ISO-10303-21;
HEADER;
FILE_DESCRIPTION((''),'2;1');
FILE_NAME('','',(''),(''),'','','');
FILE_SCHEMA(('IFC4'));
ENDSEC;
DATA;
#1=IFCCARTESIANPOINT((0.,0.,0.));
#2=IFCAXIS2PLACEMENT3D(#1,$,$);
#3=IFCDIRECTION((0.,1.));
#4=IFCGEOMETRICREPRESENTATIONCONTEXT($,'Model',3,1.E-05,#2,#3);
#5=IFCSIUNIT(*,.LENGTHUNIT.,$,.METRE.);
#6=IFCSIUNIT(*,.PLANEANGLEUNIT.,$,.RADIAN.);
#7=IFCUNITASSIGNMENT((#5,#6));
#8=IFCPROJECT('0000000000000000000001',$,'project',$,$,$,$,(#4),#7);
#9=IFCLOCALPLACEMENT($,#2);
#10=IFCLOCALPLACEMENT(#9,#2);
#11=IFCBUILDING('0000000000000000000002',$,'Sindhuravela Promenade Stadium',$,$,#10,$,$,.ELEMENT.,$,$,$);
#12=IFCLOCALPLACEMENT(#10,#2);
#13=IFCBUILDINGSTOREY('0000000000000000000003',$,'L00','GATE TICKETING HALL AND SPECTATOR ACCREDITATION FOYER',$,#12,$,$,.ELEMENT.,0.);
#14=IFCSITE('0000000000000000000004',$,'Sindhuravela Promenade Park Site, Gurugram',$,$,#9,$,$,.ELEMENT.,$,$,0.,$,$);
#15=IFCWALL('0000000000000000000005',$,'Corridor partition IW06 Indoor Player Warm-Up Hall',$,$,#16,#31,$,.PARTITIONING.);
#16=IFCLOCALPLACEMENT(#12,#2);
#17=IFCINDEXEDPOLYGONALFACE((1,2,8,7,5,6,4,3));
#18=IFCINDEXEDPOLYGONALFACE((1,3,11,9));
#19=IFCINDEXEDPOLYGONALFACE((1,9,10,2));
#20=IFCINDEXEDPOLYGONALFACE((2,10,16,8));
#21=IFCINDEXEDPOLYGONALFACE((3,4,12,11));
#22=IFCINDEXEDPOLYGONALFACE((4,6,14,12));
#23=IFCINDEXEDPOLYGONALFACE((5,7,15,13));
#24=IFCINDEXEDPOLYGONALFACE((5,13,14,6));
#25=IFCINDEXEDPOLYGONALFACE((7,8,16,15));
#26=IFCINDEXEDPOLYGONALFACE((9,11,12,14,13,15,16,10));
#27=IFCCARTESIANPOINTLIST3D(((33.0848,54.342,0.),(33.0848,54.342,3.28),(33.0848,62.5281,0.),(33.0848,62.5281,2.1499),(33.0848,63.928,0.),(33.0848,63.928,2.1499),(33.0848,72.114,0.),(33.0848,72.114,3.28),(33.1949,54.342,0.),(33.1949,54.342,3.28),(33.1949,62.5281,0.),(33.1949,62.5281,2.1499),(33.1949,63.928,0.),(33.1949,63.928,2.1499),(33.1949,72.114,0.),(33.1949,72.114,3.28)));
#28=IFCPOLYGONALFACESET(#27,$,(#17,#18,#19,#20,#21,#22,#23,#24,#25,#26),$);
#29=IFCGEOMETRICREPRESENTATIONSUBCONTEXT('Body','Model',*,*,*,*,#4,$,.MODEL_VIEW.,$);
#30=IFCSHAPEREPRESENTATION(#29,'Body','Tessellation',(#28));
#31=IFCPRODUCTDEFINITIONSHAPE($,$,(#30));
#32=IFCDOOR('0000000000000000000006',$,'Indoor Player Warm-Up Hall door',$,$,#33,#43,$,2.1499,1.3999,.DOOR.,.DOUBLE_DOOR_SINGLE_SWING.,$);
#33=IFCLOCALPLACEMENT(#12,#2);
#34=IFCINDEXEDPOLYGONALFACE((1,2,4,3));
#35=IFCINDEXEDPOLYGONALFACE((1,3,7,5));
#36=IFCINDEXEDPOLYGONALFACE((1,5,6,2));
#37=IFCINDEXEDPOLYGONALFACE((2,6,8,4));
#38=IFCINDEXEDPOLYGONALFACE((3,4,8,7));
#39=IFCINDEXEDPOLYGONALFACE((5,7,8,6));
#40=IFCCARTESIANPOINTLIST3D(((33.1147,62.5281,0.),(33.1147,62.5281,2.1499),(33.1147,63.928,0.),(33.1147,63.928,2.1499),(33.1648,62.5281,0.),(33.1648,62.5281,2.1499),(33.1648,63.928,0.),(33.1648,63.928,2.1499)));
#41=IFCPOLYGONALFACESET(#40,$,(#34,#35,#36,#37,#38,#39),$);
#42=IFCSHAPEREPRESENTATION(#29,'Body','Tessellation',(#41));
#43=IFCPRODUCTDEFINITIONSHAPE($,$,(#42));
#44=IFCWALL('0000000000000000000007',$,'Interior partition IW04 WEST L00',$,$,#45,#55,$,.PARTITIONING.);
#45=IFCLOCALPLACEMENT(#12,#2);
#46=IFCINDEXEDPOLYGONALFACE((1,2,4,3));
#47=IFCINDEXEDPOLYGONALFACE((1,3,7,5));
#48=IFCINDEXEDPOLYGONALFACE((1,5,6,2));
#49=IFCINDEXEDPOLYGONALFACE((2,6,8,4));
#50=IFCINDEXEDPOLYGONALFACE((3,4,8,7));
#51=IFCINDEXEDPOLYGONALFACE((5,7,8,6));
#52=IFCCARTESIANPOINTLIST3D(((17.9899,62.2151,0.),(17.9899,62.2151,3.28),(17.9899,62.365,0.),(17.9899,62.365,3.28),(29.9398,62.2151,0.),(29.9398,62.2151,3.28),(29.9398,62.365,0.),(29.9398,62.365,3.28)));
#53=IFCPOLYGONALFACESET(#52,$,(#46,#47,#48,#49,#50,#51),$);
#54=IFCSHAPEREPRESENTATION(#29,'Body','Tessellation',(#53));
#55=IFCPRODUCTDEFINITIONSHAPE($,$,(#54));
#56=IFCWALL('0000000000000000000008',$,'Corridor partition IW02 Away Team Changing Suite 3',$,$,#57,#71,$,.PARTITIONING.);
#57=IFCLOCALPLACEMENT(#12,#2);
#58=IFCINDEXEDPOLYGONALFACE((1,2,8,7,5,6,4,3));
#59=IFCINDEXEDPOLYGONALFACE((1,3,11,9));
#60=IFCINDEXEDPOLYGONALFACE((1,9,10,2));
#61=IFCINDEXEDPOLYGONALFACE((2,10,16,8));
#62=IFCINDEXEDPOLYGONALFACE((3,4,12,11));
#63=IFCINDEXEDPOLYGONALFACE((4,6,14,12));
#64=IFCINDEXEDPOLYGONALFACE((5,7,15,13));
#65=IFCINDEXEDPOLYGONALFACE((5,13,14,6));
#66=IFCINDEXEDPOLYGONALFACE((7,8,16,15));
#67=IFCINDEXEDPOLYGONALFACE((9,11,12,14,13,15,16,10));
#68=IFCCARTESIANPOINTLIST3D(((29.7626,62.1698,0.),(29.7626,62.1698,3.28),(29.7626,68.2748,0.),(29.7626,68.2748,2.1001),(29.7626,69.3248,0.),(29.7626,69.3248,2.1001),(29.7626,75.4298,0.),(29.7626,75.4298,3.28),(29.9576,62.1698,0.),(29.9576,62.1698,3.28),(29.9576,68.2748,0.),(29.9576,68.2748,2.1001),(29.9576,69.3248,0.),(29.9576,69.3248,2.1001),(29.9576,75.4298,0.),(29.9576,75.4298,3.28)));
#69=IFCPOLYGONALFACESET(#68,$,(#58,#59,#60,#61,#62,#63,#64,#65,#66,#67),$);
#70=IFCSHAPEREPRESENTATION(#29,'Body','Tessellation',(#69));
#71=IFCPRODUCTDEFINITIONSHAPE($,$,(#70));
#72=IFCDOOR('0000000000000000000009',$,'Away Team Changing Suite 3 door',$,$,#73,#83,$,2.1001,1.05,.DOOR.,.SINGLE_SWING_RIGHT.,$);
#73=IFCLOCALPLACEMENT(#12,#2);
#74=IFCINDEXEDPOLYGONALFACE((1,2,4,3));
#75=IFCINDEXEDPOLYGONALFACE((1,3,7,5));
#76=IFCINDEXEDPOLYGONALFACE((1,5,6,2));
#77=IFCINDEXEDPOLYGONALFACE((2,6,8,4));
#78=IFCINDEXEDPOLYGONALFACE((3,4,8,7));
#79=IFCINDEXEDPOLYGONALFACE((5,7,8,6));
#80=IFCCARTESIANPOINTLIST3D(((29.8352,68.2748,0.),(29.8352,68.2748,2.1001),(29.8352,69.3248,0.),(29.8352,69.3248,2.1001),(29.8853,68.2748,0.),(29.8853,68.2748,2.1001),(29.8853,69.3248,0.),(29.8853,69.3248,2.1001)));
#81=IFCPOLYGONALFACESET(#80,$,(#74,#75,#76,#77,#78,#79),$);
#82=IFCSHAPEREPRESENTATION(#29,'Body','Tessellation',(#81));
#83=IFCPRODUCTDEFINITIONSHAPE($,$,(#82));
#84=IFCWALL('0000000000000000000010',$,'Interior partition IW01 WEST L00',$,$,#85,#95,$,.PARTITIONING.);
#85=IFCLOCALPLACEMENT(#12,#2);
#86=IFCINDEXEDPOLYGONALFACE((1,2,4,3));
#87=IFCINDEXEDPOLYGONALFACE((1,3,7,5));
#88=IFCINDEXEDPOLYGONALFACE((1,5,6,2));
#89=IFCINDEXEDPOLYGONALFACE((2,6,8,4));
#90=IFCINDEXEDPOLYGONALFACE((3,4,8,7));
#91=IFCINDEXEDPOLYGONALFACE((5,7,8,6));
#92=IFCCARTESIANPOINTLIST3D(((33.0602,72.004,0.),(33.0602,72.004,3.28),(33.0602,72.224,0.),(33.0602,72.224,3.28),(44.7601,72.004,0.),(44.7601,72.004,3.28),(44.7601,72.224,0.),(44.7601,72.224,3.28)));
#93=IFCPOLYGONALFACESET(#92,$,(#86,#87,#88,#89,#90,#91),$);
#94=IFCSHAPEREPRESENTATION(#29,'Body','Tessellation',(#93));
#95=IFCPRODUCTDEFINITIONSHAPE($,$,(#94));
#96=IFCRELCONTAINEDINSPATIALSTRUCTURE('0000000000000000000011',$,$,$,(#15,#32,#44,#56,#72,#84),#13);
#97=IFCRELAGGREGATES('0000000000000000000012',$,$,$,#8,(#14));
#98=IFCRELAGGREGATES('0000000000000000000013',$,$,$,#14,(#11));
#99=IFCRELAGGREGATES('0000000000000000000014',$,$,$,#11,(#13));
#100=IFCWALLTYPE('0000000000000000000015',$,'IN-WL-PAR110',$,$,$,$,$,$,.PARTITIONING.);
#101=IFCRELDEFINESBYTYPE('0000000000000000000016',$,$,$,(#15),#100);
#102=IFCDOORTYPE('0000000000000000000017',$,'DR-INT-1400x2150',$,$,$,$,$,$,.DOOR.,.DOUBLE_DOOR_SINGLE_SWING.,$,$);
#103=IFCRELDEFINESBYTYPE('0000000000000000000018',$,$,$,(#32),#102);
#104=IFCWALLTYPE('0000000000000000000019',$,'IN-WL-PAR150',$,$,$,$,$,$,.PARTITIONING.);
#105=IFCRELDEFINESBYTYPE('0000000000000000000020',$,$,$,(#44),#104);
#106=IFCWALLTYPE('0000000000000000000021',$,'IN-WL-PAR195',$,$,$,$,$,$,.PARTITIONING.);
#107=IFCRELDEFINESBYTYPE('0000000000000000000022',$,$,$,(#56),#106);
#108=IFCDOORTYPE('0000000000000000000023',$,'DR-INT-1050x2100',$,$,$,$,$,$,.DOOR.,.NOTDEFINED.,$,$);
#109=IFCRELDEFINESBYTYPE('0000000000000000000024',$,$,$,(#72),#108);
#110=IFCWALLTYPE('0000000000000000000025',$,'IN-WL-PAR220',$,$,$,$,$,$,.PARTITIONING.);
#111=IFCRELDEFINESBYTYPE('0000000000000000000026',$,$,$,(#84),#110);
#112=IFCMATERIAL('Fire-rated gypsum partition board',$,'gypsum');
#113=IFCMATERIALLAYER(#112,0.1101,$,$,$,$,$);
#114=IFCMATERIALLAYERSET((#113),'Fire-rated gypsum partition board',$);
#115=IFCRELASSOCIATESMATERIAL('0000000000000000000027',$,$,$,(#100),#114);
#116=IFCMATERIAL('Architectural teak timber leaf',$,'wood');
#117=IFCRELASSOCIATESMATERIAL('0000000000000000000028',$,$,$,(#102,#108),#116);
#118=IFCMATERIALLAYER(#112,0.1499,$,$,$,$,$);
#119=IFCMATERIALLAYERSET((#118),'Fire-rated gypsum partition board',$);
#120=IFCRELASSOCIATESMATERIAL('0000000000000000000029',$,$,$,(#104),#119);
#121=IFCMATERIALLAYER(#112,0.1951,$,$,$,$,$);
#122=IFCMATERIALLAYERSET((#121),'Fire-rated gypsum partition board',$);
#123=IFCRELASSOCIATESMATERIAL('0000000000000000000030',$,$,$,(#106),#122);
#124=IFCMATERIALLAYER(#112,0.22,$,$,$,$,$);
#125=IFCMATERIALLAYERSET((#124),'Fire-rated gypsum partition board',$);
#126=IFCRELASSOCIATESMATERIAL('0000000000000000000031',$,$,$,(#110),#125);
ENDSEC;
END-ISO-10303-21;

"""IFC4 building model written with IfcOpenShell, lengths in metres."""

from ifc_helpers import new_model, si_unit, direction, frame, frame_2d, origin, place, context, subcontext, project, spatial, rectangle, extrude, material, layer, layer_set, type_object, element, fill, save


model = new_model("IFC4")

# Units and contexts
model_context = context("Model", 3, precision=1e-05, world=origin(), true_north=direction((0.0, 1.0)))
body_context = subcontext(model_context, "Body", "Model", "MODEL_VIEW")
ifc_project = project(units=[si_unit("LENGTHUNIT", "METRE"), si_unit("PLANEANGLEUNIT", "RADIAN")], contexts=[model_context])

# Site, building, storey
site_placement = place(None, origin())
site = spatial("IfcSite", under=ifc_project, at=site_placement, Name="Sindhuravela Promenade Park Site, Gurugram", CompositionType="ELEMENT", RefElevation=0.0)
building_placement = place(site_placement, origin())
building = spatial("IfcBuilding", under=site, at=building_placement, Name="Sindhuravela Promenade Stadium", CompositionType="ELEMENT")
storey_placement = place(building_placement, origin())
storey = spatial("IfcBuildingStorey", under=building, at=storey_placement, Name="L00", Description="GATE TICKETING HALL AND SPECTATOR ACCREDITATION FOYER", CompositionType="ELEMENT", Elevation=0.0)

# Wall, opening, door
ifc_material_1 = material(Name="Fire-rated gypsum partition board", Category="gypsum")
ifc_layer_1 = layer(ifc_material_1, 0.1101)
ifc_layer_set_1 = layer_set([ifc_layer_1], Name="Fire-rated gypsum partition board")
wall_type_1 = type_object("IfcWallType", Name="IN-WL-PAR110", PredefinedType="PARTITIONING", material=ifc_layer_set_1)
wall_1_placement = place(storey_placement, frame((33.1399, 72.114, 0.0), z_axis=(0.0, 0.0, 1.0), x_axis=(0.0, -1.0, 0.0)))
wall_1 = element("IfcWall", 1, at=wall_1_placement, inside=storey, type_object=wall_type_1, Name="Corridor partition IW06 Indoor Player Warm-Up Hall", PredefinedType="PARTITIONING", context=body_context, shape_type="SweptSolid", body=[
    extrude(rectangle(XDim=17.772, YDim=0.1101, at=frame_2d((8.886, 0.0))), origin(), (0.0, 0.0, 1.0), 3.28),
])
opening_1_placement = place(wall_1_placement, frame((8.186, 0.0, 0.0)))
opening_1 = element("IfcOpeningElement", 2, at=opening_1_placement, cuts=wall_1, PredefinedType="OPENING", context=body_context, shape_type="SweptSolid", body=[
    extrude(rectangle(XDim=1.3999, YDim=2.1499, at=frame_2d((0.7, 1.075))), frame((0.0, 0.0649, 0.0), z_axis=(0.0, -1.0, 0.0), x_axis=(1.0, 0.0, 0.0)), (0.0, 0.0, 1.0), 0.1301),
])
ifc_material_2 = material(Name="Architectural teak timber leaf", Category="wood")
door_type_1 = type_object("IfcDoorType", Name="DR-INT-1400x2150", OperationType="DOUBLE_DOOR_SINGLE_SWING", PredefinedType="DOOR", material=ifc_material_2)
door_1_placement = place(opening_1_placement, origin())
door_1 = element("IfcDoor", 3, at=door_1_placement, inside=storey, type_object=door_type_1, Name="Indoor Player Warm-Up Hall door", OperationType="DOUBLE_DOOR_SINGLE_SWING", OverallHeight=2.1499, OverallWidth=1.3999, PredefinedType="DOOR", context=body_context, shape_type="SweptSolid", body=[
    extrude(rectangle(XDim=1.3999, YDim=2.1499, at=frame_2d((0.7, 1.075))), frame((0.0, 0.0249, 0.0), z_axis=(0.0, -1.0, 0.0), x_axis=(1.0, 0.0, 0.0)), (0.0, 0.0, 1.0), 0.05),
])
fill(opening_1, door_1)

# Wall
ifc_layer_2 = layer(ifc_material_1, 0.1499)
ifc_layer_set_2 = layer_set([ifc_layer_2], Name="Fire-rated gypsum partition board")
wall_type_2 = type_object("IfcWallType", Name="IN-WL-PAR150", PredefinedType="PARTITIONING", material=ifc_layer_set_2)
wall_2_placement = place(storey_placement, frame((29.9399, 62.29, 0.0), z_axis=(0.0, 0.0, 1.0), x_axis=(-1.0, 0.0, 0.0)))
element("IfcWall", 4, at=wall_2_placement, inside=storey, type_object=wall_type_2, Name="Interior partition IW04 WEST L00", PredefinedType="PARTITIONING", context=body_context, shape_type="SweptSolid", body=[
    extrude(rectangle(XDim=11.95, YDim=0.1499, at=frame_2d((5.9751, 0.0))), origin(), (0.0, 0.0, 1.0), 3.28),
])

# Wall, opening, door
ifc_layer_3 = layer(ifc_material_1, 0.1951)
ifc_layer_set_3 = layer_set([ifc_layer_3], Name="Fire-rated gypsum partition board")
wall_type_3 = type_object("IfcWallType", Name="IN-WL-PAR195", PredefinedType="PARTITIONING", material=ifc_layer_set_3)
wall_3_placement = place(storey_placement, frame((29.8601, 62.1699, 0.0), z_axis=(0.0, 0.0, 1.0), x_axis=(0.0, 1.0, 0.0)))
wall_3 = element("IfcWall", 5, at=wall_3_placement, inside=storey, type_object=wall_type_3, Name="Corridor partition IW02 Away Team Changing Suite 3", PredefinedType="PARTITIONING", context=body_context, shape_type="SweptSolid", body=[
    extrude(rectangle(XDim=13.26, YDim=0.1951, at=frame_2d((6.6299, 0.0))), origin(), (0.0, 0.0, 1.0), 3.28),
])
opening_2_placement = place(wall_3_placement, frame((6.105, 0.0, 0.0)))
opening_2 = element("IfcOpeningElement", 6, at=opening_2_placement, cuts=wall_3, PredefinedType="OPENING", context=body_context, shape_type="SweptSolid", body=[
    extrude(rectangle(XDim=1.05, YDim=2.1001, at=frame_2d((0.5249, 1.05))), frame((0.0, 0.1074, 0.0), z_axis=(0.0, -1.0, 0.0), x_axis=(1.0, 0.0, 0.0)), (0.0, 0.0, 1.0), 0.2151),
])
door_type_2 = type_object("IfcDoorType", Name="DR-INT-1050x2100", OperationType="NOTDEFINED", PredefinedType="DOOR", material=ifc_material_2)
door_2_placement = place(opening_2_placement, origin())
door_2 = element("IfcDoor", 7, at=door_2_placement, inside=storey, type_object=door_type_2, Name="Away Team Changing Suite 3 door", OperationType="SINGLE_SWING_RIGHT", OverallHeight=2.1001, OverallWidth=1.05, PredefinedType="DOOR", context=body_context, shape_type="SweptSolid", body=[
    extrude(rectangle(XDim=1.05, YDim=2.1001, at=frame_2d((0.5249, 1.05))), frame((0.0, 0.0249, 0.0), z_axis=(0.0, -1.0, 0.0), x_axis=(1.0, 0.0, 0.0)), (0.0, 0.0, 1.0), 0.05),
])
fill(opening_2, door_2)

# Wall
ifc_layer_4 = layer(ifc_material_1, 0.22)
ifc_layer_set_4 = layer_set([ifc_layer_4], Name="Fire-rated gypsum partition board")
wall_type_4 = type_object("IfcWallType", Name="IN-WL-PAR220", PredefinedType="PARTITIONING", material=ifc_layer_set_4)
wall_4_placement = place(storey_placement, frame((33.0601, 72.114, 0.0), z_axis=(0.0, 0.0, 1.0), x_axis=(1.0, 0.0, 0.0)))
element("IfcWall", 8, at=wall_4_placement, inside=storey, type_object=wall_type_4, Name="Interior partition IW01 WEST L00", PredefinedType="PARTITIONING", context=body_context, shape_type="SweptSolid", body=[
    extrude(rectangle(XDim=11.7, YDim=0.22, at=frame_2d((5.8501, 0.0))), origin(), (0.0, 0.0, 1.0), 3.28),
])

save(model, "model.ifc")
